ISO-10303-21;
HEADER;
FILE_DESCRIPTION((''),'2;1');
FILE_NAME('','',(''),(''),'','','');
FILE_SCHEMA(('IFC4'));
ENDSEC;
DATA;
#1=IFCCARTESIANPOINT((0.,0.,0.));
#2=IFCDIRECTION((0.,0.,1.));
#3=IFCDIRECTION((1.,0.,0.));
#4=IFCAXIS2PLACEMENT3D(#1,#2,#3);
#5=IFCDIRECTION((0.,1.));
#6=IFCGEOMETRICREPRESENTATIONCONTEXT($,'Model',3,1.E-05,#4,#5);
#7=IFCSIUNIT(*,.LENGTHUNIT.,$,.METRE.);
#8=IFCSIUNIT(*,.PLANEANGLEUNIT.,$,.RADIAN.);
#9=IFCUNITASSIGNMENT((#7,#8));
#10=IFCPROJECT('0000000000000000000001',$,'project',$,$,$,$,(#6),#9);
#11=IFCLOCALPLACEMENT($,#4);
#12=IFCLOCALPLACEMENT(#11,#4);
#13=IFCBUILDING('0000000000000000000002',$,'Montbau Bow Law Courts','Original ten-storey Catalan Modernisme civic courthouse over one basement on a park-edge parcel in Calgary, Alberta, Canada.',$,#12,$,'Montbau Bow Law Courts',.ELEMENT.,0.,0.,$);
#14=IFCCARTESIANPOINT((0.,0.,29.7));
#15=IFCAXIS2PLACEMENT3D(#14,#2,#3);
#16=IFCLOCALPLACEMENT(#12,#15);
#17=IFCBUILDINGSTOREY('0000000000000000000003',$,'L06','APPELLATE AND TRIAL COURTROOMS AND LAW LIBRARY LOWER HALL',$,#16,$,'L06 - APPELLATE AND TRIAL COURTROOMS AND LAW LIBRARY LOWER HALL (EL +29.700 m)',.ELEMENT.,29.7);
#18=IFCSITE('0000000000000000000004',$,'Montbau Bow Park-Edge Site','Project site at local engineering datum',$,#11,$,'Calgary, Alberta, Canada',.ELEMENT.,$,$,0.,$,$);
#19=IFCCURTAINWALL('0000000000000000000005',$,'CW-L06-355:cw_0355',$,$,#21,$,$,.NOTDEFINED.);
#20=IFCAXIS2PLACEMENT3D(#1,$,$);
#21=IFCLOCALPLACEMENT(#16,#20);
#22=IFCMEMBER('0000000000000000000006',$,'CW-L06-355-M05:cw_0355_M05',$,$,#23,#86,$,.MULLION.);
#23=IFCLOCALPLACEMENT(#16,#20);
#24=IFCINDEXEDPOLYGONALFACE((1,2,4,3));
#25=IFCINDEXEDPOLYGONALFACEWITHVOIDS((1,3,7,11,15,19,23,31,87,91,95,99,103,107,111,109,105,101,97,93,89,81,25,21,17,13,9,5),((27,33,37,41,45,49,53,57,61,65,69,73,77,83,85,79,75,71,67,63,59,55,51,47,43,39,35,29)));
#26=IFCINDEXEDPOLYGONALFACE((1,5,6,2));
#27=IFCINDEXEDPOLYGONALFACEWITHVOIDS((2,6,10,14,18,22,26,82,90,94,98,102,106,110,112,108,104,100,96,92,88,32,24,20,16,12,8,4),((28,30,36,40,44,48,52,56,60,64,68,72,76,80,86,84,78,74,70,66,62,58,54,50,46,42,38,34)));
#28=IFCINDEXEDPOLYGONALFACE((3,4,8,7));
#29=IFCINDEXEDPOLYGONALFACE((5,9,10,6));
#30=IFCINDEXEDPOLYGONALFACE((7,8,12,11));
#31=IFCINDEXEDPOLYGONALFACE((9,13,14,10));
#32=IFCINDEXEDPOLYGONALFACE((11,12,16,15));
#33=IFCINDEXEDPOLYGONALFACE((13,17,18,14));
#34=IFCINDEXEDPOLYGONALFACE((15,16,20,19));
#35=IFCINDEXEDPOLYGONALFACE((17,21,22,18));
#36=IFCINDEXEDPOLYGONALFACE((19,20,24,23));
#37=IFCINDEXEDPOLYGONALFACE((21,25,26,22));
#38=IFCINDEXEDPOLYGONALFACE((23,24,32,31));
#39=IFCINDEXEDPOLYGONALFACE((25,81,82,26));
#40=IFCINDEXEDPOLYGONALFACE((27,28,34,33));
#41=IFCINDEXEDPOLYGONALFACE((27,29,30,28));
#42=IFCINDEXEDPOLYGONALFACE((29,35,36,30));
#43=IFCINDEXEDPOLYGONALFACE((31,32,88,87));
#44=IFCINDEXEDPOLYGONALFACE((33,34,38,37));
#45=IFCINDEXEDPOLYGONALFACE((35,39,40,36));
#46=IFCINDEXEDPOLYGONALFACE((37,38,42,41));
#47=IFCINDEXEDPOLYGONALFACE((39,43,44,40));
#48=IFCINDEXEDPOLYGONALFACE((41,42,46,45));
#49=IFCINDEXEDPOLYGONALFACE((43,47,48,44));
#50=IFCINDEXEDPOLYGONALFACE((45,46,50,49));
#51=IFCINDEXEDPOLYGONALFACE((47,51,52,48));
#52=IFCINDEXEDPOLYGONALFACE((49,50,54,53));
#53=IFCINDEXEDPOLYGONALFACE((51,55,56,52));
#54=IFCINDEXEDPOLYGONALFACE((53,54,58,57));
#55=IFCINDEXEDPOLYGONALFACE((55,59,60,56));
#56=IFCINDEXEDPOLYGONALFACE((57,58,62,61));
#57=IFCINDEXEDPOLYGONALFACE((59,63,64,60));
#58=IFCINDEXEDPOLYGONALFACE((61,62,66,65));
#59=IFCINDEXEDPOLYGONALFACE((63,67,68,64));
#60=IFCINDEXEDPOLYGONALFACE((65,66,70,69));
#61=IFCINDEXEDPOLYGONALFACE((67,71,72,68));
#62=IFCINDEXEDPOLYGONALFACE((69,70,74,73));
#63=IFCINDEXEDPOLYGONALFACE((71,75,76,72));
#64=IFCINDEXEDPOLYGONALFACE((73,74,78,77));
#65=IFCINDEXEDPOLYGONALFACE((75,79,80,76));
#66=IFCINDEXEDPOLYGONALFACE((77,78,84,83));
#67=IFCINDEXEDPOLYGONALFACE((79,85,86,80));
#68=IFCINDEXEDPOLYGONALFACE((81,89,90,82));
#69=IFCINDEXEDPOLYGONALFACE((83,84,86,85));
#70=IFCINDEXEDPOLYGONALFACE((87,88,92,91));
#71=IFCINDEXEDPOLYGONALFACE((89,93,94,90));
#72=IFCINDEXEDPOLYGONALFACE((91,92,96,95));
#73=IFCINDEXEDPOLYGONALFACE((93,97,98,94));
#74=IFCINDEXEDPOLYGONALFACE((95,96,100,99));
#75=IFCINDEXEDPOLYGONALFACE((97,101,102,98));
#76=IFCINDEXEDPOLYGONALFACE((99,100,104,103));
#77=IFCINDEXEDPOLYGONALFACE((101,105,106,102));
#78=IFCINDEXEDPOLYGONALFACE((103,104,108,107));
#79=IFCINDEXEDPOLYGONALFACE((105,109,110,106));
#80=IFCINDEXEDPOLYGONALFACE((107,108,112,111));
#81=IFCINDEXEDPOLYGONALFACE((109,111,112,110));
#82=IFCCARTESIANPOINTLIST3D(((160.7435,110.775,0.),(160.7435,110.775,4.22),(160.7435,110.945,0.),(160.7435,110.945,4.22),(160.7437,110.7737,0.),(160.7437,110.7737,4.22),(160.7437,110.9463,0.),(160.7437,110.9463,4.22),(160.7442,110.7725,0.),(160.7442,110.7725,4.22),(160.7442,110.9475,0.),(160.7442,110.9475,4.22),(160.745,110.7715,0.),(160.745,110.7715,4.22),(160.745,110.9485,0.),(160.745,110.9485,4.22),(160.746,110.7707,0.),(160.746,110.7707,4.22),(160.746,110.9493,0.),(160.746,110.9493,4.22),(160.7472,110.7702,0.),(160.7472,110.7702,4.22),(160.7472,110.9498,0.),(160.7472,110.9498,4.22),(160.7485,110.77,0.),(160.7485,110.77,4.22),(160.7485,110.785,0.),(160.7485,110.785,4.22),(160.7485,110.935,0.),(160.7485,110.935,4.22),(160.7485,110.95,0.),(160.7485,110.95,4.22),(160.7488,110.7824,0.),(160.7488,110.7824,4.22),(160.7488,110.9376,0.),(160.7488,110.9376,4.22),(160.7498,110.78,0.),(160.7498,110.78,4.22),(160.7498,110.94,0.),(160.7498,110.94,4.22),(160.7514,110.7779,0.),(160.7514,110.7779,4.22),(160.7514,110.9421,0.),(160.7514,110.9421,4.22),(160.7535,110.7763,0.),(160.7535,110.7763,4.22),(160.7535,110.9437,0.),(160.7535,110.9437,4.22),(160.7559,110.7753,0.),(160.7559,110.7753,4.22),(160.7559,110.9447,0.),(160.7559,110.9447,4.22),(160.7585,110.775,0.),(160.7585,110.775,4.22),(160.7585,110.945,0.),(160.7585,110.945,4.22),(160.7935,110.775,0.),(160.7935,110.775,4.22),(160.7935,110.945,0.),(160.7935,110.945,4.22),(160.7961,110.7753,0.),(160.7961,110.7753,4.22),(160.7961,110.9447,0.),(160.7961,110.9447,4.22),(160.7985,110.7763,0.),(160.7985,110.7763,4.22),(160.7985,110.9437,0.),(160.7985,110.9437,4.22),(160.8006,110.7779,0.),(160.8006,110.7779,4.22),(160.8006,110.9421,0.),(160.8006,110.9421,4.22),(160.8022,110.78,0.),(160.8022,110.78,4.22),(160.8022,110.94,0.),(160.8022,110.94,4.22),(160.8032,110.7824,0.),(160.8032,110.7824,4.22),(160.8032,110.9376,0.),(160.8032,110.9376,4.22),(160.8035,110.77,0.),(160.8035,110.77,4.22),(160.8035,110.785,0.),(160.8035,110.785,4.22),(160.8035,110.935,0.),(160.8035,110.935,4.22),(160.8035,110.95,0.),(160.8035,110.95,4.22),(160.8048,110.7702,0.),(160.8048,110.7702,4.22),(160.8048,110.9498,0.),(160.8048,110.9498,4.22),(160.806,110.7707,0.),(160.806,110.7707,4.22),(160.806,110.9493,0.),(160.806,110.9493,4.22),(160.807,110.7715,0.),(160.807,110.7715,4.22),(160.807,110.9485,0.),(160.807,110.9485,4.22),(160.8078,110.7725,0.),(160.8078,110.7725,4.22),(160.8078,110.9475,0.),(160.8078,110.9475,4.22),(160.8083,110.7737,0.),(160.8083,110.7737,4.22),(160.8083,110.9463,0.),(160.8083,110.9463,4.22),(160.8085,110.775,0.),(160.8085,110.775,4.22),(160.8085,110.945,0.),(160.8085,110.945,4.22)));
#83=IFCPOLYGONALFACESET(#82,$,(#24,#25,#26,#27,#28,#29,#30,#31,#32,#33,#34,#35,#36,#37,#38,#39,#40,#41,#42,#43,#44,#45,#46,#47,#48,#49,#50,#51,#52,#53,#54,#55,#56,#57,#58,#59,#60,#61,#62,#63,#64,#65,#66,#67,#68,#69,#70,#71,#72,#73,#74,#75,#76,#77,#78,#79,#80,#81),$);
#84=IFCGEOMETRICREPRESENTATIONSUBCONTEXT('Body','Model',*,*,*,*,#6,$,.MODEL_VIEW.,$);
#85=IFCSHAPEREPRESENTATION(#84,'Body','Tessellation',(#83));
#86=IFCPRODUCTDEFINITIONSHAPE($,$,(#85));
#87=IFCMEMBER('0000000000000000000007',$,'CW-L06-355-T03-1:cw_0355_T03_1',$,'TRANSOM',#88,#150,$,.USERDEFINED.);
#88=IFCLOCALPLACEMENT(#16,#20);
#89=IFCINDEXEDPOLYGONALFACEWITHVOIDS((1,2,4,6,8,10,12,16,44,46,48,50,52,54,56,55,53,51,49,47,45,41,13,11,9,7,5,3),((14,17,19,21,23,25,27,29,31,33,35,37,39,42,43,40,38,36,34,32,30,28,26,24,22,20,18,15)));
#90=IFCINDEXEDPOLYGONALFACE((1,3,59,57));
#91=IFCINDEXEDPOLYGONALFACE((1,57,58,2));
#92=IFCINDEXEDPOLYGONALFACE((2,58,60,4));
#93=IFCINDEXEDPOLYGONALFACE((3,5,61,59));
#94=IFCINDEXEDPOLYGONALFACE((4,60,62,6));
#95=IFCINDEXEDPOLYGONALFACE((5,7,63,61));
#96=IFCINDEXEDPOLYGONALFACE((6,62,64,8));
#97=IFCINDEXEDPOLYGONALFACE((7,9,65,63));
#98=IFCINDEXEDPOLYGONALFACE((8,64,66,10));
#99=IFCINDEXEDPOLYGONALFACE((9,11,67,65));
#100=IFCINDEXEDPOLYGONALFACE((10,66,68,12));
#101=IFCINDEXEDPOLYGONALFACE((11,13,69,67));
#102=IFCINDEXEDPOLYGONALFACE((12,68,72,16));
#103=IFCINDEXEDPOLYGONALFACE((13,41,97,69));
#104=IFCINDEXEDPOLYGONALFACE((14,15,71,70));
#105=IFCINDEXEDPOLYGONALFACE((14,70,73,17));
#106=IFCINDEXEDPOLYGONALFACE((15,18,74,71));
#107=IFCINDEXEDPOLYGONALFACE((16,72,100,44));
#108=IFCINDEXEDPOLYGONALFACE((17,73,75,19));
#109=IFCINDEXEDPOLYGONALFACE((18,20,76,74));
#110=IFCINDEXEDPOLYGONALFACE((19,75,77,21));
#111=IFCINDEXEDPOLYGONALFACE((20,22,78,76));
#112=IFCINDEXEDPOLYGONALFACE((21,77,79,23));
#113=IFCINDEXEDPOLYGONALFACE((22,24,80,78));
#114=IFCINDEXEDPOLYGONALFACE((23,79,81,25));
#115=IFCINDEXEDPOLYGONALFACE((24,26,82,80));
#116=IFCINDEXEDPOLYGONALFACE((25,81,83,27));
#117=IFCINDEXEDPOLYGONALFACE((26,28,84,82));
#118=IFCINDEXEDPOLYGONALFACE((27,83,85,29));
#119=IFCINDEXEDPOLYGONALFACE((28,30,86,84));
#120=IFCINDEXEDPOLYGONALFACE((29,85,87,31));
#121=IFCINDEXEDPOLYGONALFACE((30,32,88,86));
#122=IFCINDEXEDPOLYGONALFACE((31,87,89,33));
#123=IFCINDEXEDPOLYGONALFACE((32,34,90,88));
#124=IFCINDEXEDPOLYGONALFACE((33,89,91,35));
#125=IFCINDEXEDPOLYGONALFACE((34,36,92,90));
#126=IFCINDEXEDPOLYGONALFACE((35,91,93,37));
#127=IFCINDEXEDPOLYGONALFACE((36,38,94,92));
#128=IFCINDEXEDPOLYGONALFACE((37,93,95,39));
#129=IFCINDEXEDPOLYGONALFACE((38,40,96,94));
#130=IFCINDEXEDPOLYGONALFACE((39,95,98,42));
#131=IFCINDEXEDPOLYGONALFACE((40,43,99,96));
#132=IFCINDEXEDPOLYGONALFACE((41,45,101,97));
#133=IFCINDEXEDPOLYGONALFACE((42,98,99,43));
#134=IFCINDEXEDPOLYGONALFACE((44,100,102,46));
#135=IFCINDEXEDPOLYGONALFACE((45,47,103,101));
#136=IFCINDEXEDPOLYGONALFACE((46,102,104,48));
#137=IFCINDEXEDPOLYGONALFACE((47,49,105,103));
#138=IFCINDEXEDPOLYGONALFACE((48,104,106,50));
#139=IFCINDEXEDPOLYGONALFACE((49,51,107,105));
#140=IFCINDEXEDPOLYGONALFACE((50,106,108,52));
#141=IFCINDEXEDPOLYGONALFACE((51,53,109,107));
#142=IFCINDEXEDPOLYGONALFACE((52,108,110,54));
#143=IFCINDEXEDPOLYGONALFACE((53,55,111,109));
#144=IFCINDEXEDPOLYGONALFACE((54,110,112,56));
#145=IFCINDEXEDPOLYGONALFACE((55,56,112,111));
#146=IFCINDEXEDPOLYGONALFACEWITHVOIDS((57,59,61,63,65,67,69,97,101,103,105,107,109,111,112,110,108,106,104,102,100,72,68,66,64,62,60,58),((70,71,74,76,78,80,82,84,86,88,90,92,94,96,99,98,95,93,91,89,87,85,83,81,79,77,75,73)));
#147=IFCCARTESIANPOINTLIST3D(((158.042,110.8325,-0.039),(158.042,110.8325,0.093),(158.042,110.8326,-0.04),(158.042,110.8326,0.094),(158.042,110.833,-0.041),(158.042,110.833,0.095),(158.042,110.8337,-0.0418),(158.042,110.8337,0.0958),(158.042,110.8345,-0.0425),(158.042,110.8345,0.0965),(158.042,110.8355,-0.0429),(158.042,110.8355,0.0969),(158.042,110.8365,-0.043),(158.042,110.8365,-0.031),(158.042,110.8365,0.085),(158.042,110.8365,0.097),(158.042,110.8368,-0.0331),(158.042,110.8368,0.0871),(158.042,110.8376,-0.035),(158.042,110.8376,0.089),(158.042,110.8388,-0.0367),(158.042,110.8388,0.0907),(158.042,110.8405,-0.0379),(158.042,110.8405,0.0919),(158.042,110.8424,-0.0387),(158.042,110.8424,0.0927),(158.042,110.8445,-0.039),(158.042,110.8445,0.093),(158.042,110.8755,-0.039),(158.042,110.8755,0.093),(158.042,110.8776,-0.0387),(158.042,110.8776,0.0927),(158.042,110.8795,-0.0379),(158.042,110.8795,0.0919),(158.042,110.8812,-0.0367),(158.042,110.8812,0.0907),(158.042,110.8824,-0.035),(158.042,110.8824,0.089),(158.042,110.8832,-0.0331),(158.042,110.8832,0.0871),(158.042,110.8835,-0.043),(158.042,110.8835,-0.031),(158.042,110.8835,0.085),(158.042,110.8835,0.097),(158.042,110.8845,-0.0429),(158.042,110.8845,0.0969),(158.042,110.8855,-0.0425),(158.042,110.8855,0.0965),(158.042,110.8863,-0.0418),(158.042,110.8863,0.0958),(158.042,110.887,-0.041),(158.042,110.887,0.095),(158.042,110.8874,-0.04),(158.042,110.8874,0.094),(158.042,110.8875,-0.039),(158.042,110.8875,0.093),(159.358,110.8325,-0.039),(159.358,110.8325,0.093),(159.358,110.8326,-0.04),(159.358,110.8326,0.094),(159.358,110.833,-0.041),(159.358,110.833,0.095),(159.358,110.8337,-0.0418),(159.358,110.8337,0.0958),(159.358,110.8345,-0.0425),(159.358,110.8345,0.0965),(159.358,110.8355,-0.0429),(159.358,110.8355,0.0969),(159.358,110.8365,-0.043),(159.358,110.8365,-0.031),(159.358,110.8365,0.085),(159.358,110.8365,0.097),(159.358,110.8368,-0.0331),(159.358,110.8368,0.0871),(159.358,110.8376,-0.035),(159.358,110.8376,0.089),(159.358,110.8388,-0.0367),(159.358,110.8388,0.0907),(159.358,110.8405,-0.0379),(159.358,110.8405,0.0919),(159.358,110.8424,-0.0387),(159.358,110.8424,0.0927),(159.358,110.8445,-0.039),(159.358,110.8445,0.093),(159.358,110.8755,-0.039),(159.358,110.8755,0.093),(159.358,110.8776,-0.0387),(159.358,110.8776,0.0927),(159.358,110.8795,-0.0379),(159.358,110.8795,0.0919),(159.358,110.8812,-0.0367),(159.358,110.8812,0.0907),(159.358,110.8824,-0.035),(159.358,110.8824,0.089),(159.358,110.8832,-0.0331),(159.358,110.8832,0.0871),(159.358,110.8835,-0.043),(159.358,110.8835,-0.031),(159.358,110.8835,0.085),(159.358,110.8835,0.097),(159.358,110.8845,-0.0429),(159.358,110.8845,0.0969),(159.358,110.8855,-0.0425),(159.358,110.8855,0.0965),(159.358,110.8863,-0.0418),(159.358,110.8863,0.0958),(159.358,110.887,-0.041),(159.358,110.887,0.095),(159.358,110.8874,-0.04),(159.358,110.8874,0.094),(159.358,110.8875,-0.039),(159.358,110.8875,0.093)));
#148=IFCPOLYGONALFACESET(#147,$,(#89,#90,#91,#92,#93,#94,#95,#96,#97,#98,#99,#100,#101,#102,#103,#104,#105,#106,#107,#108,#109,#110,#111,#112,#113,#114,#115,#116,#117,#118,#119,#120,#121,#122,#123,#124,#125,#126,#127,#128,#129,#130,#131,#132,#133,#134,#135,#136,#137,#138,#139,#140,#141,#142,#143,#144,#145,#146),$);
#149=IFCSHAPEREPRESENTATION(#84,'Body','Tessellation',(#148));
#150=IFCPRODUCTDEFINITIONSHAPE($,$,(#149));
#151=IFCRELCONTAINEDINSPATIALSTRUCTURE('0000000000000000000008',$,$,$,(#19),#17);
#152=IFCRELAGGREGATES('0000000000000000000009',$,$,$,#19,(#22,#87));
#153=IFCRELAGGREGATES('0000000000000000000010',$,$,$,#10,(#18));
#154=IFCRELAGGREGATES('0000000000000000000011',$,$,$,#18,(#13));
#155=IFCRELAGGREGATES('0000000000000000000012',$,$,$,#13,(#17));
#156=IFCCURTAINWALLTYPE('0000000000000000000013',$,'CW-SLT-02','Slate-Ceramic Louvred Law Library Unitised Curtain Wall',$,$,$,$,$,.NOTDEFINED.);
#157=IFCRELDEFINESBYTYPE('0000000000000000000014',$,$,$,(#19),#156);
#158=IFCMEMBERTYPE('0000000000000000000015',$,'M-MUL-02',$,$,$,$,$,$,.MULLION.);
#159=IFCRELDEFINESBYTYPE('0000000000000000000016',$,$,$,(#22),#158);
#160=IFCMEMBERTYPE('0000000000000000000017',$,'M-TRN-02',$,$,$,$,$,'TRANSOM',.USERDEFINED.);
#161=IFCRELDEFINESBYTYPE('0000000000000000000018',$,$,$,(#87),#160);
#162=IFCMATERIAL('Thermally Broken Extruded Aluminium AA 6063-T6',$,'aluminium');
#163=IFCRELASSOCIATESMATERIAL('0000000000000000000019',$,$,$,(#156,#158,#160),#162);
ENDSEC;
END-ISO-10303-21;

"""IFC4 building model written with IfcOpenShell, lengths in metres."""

from ifc_helpers import new_model, si_unit, direction, frame, origin_with_axes, origin_2d_with_axis, place, context, subcontext, project, spatial, hollow_rectangle, extrude, material, material_profile, profile_set, type_object, element, aggregate, save


model = new_model("IFC4")

# Units and contexts
model_context = context("Model", 3, precision=1e-05, world=origin_with_axes(), true_north=direction((0.0, 1.0)))
body_context = subcontext(model_context, "Body", "Model", "MODEL_VIEW")
ifc_project = project(units=[si_unit("LENGTHUNIT", "METRE"), si_unit("PLANEANGLEUNIT", "RADIAN")], contexts=[model_context])

# Site, building, storey
site_placement = place(None, origin_with_axes())
site = spatial("IfcSite", under=ifc_project, at=site_placement, Name="Montbau Bow Park-Edge Site", Description="Project site at local engineering datum", LongName="Calgary, Alberta, Canada", CompositionType="ELEMENT", RefElevation=0.0)
building_placement = place(site_placement, origin_with_axes())
building = spatial("IfcBuilding", under=site, at=building_placement, Name="Montbau Bow Law Courts", Description="Original ten-storey Catalan Modernisme civic courthouse over one basement on a park-edge parcel in Calgary, Alberta, Canada.", LongName="Montbau Bow Law Courts", CompositionType="ELEMENT", ElevationOfRefHeight=0.0, ElevationOfTerrain=0.0)
storey_placement = place(building_placement, frame((0.0, 0.0, 29.7), z_axis=(0.0, 0.0, 1.0), x_axis=(1.0, 0.0, 0.0)))
storey = spatial("IfcBuildingStorey", under=building, at=storey_placement, Name="L06", Description="APPELLATE AND TRIAL COURTROOMS AND LAW LIBRARY LOWER HALL", LongName="L06 - APPELLATE AND TRIAL COURTROOMS AND LAW LIBRARY LOWER HALL (EL +29.700 m)", CompositionType="ELEMENT", Elevation=29.7)

# Curtain wall, members
ifc_material_1 = material(Name="Thermally Broken Extruded Aluminium AA 6063-T6", Category="aluminium")
curtain_wall_type = type_object("IfcCurtainWallType", Name="CW-SLT-02", Description="Slate-Ceramic Louvred Law Library Unitised Curtain Wall", PredefinedType="NOTDEFINED", material=ifc_material_1)
curtain_wall_placement = place(None, frame((155.24, 110.86, 29.7), z_axis=(0.0, 0.0, 1.0), x_axis=(1.0, 0.0, 0.0)))
curtain_wall = element("IfcCurtainWall", 1, at=curtain_wall_placement, inside=storey, type_object=curtain_wall_type, Name="CW-L06-355:cw_0355", PredefinedType="NOTDEFINED")
ifc_material_profile_1 = material_profile(ifc_material_1, hollow_rectangle(XDim=0.065, YDim=0.18, WallThickness=0.005, InnerFilletRadius=0.01, OuterFilletRadius=0.005, at=origin_2d_with_axis()), Name="CWM-180X65", Category="Main", Priority=0)
ifc_profile_set_1 = profile_set([ifc_material_profile_1], Name="Thermally Broken Extruded Aluminium AA 6063-T6")
member_type_1 = type_object("IfcMemberType", Name="M-MUL-02", PredefinedType="MULLION", material=ifc_profile_set_1)
member_1_placement = place(None, frame((160.776, 110.86, 29.7), z_axis=(0.0, 0.0, 1.0), x_axis=(1.0, 0.0, 0.0)))
member_1 = element("IfcMember", 2, at=member_1_placement, type_object=member_type_1, Name="CW-L06-355-M05:cw_0355_M05", PredefinedType="MULLION", context=body_context, shape_type="SweptSolid", body=[
    extrude(hollow_rectangle(XDim=0.065, YDim=0.18, WallThickness=0.005, InnerFilletRadius=0.01, OuterFilletRadius=0.005, at=origin_2d_with_axis()), origin_with_axes(), (0.0, 0.0, 1.0), 4.22),
])
ifc_material_profile_2 = material_profile(ifc_material_1, hollow_rectangle(XDim=0.055, YDim=0.14, WallThickness=0.004, InnerFilletRadius=0.008, OuterFilletRadius=0.004, at=origin_2d_with_axis()), Name="CWT-140X55", Category="Main", Priority=0)
ifc_profile_set_2 = profile_set([ifc_material_profile_2], Name="Thermally Broken Extruded Aluminium AA 6063-T6")
member_type_2 = type_object("IfcMemberType", Name="M-TRN-02", ElementType="TRANSOM", PredefinedType="USERDEFINED", material=ifc_profile_set_2)
member_2_placement = place(None, frame((158.042, 110.86, 29.727), z_axis=(1.0, 0.0, 0.0), x_axis=(0.0, 1.0, 0.0)))
member_2 = element("IfcMember", 3, at=member_2_placement, type_object=member_type_2, Name="CW-L06-355-T03-1:cw_0355_T03_1", ObjectType="TRANSOM", PredefinedType="USERDEFINED", context=body_context, shape_type="SweptSolid", body=[
    extrude(hollow_rectangle(XDim=0.055, YDim=0.14, WallThickness=0.004, InnerFilletRadius=0.008, OuterFilletRadius=0.004, at=origin_2d_with_axis()), origin_with_axes(), (0.0, 0.0, 1.0), 1.316),
])
aggregate(curtain_wall, [member_1, member_2])

save(model, "model.ifc")
